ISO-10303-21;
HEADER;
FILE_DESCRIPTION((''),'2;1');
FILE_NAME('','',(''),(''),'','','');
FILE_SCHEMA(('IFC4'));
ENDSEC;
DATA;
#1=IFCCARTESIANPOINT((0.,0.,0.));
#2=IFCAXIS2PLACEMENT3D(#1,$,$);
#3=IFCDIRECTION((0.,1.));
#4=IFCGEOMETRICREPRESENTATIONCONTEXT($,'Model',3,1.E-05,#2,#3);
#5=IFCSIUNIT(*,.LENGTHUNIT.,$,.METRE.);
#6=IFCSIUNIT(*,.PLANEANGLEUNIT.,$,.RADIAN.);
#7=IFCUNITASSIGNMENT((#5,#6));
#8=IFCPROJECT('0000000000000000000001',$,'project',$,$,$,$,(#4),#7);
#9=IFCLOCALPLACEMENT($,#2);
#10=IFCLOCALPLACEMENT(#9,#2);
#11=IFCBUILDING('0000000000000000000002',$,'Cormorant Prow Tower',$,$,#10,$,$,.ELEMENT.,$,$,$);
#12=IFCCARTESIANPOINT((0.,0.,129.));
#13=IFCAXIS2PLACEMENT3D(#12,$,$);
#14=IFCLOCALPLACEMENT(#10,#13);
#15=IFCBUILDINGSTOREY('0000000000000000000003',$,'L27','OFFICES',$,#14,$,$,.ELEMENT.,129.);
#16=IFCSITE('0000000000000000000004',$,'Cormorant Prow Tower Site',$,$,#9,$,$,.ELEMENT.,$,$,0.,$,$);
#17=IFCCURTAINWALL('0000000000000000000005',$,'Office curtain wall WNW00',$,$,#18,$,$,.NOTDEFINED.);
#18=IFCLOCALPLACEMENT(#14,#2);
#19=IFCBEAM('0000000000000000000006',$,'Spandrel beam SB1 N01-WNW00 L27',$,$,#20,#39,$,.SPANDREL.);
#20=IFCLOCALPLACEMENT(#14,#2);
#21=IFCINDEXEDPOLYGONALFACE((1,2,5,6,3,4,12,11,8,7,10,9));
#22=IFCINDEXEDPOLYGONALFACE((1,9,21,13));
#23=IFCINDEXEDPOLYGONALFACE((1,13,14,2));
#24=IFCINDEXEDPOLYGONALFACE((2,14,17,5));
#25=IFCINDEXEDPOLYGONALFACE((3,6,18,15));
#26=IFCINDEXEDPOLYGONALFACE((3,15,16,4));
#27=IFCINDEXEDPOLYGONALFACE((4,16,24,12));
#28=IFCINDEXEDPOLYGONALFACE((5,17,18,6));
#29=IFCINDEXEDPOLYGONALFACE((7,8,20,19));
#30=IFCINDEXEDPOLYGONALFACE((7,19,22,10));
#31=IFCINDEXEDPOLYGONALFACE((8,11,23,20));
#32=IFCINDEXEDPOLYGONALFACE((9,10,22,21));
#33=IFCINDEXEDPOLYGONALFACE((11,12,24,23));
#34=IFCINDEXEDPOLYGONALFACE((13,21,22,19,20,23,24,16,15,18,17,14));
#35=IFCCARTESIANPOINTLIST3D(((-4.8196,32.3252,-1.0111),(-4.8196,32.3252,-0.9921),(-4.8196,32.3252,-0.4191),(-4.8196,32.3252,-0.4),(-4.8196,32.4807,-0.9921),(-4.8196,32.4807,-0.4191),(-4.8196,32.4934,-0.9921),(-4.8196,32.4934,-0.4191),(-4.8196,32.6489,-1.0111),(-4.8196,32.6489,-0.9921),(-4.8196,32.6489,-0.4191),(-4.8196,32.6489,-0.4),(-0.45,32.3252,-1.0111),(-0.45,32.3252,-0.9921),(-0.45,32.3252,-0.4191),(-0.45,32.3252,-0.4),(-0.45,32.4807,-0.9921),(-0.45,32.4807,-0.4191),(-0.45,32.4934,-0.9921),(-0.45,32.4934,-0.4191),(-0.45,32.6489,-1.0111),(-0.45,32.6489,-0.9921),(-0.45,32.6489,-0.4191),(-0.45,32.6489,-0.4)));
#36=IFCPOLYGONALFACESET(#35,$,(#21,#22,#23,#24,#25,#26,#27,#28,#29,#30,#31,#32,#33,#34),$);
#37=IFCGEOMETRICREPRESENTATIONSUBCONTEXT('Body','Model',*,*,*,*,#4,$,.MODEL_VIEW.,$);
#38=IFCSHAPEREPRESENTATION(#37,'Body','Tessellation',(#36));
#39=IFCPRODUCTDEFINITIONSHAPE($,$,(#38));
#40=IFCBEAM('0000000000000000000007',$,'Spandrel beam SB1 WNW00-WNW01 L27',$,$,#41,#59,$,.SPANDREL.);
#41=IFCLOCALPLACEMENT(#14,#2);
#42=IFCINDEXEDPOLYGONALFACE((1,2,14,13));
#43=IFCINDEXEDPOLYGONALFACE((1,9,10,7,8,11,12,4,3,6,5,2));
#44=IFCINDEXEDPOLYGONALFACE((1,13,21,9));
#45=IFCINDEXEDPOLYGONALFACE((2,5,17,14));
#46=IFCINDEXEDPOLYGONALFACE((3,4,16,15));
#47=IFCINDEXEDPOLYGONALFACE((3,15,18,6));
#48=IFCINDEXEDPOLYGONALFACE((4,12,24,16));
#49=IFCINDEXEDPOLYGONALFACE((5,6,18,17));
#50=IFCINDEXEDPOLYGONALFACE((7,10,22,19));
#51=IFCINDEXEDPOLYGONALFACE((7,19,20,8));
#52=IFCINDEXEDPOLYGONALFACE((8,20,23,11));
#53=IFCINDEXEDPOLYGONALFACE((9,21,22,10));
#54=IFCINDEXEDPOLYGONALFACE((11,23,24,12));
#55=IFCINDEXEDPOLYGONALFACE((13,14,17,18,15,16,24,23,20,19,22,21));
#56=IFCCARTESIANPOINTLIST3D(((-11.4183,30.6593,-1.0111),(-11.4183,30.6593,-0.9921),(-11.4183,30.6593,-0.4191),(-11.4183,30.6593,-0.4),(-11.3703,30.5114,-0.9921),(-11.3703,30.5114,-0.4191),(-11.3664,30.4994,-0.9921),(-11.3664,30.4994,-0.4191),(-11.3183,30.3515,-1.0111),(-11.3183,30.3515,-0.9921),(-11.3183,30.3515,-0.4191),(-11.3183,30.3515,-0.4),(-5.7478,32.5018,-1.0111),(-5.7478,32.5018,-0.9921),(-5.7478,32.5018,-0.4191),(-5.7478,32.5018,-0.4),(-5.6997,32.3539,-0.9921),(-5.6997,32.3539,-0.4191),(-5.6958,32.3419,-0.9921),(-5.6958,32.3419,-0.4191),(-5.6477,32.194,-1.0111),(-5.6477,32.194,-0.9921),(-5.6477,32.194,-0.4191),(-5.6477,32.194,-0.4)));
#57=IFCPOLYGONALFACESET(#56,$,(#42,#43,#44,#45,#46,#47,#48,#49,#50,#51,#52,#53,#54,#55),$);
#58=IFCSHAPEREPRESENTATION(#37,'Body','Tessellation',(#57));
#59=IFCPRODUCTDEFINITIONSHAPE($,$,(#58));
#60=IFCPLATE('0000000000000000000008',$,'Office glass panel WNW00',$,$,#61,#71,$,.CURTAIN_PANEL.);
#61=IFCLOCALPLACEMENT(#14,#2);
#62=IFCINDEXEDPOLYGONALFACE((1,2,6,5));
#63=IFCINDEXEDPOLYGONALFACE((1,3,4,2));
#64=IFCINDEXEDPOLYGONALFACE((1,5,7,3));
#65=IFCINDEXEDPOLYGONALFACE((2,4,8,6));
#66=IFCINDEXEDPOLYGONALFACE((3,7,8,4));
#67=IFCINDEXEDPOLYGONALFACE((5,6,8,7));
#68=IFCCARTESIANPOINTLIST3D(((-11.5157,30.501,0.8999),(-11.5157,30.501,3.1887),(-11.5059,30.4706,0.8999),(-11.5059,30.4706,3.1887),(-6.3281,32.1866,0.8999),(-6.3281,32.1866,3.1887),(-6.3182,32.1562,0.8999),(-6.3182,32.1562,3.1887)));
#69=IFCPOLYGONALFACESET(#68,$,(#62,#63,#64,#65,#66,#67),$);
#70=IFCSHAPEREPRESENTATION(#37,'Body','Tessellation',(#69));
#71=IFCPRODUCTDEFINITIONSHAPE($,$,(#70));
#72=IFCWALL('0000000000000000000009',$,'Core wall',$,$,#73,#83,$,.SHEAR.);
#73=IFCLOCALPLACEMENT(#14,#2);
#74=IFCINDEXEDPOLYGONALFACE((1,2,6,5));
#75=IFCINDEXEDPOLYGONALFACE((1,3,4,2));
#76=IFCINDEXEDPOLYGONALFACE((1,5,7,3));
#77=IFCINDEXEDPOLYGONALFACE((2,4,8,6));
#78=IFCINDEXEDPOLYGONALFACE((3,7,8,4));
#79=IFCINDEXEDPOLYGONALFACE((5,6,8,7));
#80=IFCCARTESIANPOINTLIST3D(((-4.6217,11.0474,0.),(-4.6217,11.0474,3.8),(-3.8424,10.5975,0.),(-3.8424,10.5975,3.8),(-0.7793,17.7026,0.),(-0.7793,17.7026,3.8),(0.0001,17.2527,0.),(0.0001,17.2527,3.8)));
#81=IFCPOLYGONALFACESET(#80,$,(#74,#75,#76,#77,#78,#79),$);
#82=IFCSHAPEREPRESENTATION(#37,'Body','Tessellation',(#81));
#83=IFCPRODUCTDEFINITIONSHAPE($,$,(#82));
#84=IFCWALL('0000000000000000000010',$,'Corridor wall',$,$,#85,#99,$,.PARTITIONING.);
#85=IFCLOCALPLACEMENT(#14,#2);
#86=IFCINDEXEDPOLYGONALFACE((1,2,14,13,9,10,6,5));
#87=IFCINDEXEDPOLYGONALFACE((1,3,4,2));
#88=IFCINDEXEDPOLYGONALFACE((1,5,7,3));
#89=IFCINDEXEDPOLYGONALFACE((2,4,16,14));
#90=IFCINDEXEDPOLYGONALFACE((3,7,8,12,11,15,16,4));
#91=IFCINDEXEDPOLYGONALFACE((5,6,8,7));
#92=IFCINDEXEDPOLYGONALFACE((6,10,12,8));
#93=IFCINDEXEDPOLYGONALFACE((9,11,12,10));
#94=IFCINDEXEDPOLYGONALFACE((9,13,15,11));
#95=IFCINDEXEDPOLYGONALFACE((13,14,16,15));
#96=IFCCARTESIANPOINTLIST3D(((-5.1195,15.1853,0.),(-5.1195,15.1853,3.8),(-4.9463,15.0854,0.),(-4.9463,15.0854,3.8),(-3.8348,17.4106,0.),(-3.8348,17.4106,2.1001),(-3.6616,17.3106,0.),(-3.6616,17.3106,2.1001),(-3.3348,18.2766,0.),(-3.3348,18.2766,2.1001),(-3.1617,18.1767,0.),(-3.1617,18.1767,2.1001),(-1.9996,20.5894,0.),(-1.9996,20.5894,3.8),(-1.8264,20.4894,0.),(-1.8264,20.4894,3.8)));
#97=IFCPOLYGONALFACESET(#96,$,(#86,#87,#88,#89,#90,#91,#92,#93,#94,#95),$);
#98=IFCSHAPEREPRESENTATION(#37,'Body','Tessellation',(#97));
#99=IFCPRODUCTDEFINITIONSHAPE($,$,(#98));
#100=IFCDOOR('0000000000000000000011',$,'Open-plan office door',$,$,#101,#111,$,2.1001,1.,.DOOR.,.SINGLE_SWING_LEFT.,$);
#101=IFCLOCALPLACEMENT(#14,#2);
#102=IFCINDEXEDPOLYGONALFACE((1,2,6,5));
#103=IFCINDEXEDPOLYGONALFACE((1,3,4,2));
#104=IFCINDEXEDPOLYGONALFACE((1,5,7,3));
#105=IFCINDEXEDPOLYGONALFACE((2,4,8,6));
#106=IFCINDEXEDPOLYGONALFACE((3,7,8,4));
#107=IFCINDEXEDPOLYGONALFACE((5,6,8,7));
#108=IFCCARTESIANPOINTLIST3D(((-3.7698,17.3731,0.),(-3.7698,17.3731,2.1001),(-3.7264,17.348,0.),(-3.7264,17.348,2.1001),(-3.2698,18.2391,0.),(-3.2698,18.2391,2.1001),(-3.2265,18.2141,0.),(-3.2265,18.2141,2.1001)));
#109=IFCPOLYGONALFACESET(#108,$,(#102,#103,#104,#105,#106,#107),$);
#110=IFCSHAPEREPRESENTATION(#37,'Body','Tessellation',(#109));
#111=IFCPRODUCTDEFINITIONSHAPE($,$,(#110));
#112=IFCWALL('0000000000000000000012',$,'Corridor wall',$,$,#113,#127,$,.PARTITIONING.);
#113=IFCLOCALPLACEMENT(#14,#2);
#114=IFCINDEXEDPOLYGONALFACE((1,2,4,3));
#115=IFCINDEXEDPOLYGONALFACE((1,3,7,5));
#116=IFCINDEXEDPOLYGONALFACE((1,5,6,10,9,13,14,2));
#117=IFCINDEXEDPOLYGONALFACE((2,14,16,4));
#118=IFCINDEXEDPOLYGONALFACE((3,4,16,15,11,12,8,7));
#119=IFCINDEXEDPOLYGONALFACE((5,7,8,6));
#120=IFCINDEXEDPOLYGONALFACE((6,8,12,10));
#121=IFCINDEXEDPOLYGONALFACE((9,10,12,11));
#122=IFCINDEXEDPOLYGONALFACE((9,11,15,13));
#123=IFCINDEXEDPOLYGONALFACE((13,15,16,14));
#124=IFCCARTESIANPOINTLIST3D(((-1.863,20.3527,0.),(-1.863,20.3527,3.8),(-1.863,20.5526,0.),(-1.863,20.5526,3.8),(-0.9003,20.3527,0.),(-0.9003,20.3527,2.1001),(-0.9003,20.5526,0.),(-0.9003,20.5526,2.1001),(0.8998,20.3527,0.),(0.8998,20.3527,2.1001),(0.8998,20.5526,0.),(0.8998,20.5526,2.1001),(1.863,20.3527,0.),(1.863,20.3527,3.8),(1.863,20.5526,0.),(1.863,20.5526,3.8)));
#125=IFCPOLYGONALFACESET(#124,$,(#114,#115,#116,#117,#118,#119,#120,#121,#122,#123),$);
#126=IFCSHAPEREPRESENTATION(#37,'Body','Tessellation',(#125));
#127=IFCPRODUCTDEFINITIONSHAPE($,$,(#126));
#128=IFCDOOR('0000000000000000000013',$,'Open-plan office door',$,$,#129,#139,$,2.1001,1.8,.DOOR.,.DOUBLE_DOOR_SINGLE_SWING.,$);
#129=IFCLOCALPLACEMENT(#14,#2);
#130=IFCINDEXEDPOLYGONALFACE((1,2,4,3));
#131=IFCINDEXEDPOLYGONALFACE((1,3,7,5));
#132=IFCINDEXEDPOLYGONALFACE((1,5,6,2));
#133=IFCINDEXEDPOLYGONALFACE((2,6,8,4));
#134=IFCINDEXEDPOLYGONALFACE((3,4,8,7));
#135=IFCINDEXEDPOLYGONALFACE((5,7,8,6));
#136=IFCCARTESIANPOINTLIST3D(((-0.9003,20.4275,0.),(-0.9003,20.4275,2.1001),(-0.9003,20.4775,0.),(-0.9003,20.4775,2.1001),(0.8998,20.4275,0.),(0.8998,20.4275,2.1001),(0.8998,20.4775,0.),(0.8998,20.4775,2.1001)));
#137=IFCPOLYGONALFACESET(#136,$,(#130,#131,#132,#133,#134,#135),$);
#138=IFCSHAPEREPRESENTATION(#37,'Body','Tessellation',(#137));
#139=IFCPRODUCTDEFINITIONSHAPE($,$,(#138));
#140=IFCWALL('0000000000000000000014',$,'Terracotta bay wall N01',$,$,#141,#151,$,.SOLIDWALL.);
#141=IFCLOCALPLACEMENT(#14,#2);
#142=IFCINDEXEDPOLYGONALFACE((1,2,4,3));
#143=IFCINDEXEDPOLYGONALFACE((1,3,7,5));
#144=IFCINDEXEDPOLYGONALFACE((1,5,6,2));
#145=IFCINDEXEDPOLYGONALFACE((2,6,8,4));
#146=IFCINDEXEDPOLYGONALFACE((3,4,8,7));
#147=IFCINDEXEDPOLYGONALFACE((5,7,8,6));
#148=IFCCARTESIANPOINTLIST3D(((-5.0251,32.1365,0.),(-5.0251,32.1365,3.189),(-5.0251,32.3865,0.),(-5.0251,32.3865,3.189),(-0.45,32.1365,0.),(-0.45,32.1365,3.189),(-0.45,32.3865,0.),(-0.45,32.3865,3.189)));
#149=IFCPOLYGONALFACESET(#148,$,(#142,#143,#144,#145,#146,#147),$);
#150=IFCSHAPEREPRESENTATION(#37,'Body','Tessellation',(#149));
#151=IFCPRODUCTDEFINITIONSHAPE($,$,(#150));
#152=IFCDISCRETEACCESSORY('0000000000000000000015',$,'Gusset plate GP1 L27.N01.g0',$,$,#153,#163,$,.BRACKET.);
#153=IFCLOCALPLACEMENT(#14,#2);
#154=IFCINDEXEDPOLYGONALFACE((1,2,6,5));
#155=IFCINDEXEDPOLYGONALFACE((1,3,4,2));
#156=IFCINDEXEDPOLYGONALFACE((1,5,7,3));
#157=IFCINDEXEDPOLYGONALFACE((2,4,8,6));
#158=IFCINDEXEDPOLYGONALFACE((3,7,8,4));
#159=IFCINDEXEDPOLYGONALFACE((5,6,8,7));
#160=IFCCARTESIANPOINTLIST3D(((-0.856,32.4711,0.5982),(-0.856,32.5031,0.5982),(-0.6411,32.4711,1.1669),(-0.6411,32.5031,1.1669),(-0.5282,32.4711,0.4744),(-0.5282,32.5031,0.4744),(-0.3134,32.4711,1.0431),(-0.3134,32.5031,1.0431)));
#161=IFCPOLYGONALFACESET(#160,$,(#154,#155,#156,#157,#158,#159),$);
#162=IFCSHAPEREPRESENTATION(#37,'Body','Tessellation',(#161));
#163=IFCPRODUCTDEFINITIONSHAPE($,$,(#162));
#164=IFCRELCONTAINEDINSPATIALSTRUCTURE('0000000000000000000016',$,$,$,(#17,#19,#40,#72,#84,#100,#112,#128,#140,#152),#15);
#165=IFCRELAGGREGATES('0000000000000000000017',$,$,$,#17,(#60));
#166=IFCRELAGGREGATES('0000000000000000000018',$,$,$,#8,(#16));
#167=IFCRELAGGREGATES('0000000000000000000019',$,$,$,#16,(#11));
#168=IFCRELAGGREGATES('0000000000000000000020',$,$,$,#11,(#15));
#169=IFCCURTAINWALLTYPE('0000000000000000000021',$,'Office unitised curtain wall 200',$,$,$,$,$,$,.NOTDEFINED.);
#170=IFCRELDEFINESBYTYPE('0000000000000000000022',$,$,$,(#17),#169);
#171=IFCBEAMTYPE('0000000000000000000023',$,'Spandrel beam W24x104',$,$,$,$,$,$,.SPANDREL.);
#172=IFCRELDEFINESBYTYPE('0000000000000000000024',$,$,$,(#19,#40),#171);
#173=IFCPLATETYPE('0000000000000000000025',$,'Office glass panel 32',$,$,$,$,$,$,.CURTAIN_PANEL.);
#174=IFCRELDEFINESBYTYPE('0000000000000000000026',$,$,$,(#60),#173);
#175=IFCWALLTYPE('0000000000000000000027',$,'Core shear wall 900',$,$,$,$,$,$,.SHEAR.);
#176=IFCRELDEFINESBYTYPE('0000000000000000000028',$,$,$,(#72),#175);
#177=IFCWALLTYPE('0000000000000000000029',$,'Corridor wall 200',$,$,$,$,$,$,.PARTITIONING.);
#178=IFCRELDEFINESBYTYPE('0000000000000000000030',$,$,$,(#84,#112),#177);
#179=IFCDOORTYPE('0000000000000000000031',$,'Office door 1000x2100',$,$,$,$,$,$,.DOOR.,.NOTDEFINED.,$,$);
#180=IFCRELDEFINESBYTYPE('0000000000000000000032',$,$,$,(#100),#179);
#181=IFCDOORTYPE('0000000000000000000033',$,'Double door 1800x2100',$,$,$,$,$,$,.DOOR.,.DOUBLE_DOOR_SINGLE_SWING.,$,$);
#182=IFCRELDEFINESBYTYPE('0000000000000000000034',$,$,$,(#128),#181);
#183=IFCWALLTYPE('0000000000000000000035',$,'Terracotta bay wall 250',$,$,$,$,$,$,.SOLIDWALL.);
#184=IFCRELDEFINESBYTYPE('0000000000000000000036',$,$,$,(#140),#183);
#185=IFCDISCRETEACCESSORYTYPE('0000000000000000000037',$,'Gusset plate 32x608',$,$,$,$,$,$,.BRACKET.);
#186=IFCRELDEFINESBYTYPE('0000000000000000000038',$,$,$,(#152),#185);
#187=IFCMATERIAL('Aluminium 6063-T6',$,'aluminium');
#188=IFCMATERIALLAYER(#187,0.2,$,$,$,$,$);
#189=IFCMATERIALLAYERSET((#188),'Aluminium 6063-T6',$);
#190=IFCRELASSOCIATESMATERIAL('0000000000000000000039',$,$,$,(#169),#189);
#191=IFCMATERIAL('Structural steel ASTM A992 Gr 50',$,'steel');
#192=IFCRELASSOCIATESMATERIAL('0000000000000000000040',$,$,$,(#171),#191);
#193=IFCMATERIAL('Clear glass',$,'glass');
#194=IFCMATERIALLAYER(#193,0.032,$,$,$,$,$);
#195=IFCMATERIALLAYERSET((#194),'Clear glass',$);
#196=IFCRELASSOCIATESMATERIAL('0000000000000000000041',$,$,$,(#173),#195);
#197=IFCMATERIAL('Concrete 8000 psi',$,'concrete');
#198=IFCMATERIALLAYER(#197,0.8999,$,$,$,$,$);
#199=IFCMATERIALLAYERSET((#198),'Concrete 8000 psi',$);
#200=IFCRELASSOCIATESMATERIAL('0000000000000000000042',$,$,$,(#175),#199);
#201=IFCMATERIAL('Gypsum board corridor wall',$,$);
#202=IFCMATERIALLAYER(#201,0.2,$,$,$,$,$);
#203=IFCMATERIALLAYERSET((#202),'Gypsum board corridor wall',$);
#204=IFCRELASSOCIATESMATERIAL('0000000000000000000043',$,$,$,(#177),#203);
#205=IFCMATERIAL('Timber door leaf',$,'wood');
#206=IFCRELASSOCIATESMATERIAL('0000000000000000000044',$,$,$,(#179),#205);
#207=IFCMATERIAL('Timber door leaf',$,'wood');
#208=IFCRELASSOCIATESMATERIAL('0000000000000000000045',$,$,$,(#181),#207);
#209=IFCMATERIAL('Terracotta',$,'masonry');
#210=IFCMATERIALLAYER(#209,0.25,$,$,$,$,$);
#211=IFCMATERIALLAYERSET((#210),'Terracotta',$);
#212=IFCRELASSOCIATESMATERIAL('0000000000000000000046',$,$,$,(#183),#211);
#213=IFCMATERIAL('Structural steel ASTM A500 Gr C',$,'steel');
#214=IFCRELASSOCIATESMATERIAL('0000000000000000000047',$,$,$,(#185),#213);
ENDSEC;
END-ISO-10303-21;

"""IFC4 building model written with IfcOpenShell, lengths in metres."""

from ifc_helpers import new_model, si_unit, direction, frame, frame_2d, origin, origin_2d, place, context, subcontext, project, spatial, rectangle, i_section, extrude, material, layer, layer_set, material_profile, profile_set, type_object, element, fill, aggregate, save


model = new_model("IFC4")

# Units and contexts
model_context = context("Model", 3, precision=1e-05, world=origin(), true_north=direction((0.0, 1.0)))
body_context = subcontext(model_context, "Body", "Model", "MODEL_VIEW")
ifc_project = project(units=[si_unit("LENGTHUNIT", "METRE"), si_unit("PLANEANGLEUNIT", "RADIAN")], contexts=[model_context])

# Site, building, storey
site_placement = place(None, origin())
site = spatial("IfcSite", under=ifc_project, at=site_placement, Name="Cormorant Prow Tower Site", CompositionType="ELEMENT", RefElevation=0.0)
building_placement = place(site_placement, origin())
building = spatial("IfcBuilding", under=site, at=building_placement, Name="Cormorant Prow Tower", CompositionType="ELEMENT")
storey_placement = place(building_placement, frame((0.0, 0.0, 129.0)))
storey = spatial("IfcBuildingStorey", under=building, at=storey_placement, Name="L27", Description="OFFICES", CompositionType="ELEMENT", Elevation=129.0)

# Curtain wall
ifc_material_1 = material(Name="Aluminium 6063-T6", Category="aluminium")
ifc_layer_1 = layer(ifc_material_1, 0.2)
ifc_layer_set_1 = layer_set([ifc_layer_1], Name="Aluminium 6063-T6")
curtain_wall_type = type_object("IfcCurtainWallType", Name="Office unitised curtain wall 200", PredefinedType="NOTDEFINED", material=ifc_layer_set_1)
curtain_wall_placement = place(storey_placement, origin())
curtain_wall = element("IfcCurtainWall", 1, at=curtain_wall_placement, inside=storey, type_object=curtain_wall_type, Name="Office curtain wall WNW00", PredefinedType="NOTDEFINED")

# Beams
ifc_material_2 = material(Name="Structural steel ASTM A992 Gr 50", Category="steel")
ifc_material_profile_1 = material_profile(ifc_material_2, i_section(OverallWidth=0.3237, OverallDepth=0.6111, WebThickness=0.0127, FlangeThickness=0.019, at=origin_2d()), Name="W24x104")
ifc_profile_set_1 = profile_set([ifc_material_profile_1], Name="Structural steel ASTM A992 Gr 50")
beam_type_1 = type_object("IfcBeamType", Name="Spandrel beam W24x104", PredefinedType="SPANDREL", material=ifc_profile_set_1)
beam_1_placement = place(storey_placement, frame((-0.45, 32.4871, -0.7056), z_axis=(-1.0, 0.0, 0.0), x_axis=(0.0, -1.0, 0.0)))
element("IfcBeam", 2, at=beam_1_placement, inside=storey, type_object=beam_type_1, Name="Spandrel beam SB1 N01-WNW00 L27", PredefinedType="SPANDREL", context=body_context, shape_type="SweptSolid", body=[
    extrude(i_section(OverallWidth=0.3237, OverallDepth=0.6111, WebThickness=0.0127, FlangeThickness=0.019, at=origin_2d()), origin(), (0.0, 0.0, 1.0), 4.3696),
])
beam_2_placement = place(storey_placement, frame((-5.6978, 32.3479, -0.7056), z_axis=(-0.951055, -0.30902, 0.0), x_axis=(0.30902, -0.951055, 0.0)))
element("IfcBeam", 3, at=beam_2_placement, inside=storey, type_object=beam_type_1, Name="Spandrel beam SB1 WNW00-WNW01 L27", PredefinedType="SPANDREL", context=body_context, shape_type="SweptSolid", body=[
    extrude(i_section(OverallWidth=0.3237, OverallDepth=0.6111, WebThickness=0.0127, FlangeThickness=0.019, at=origin_2d()), origin(), (0.0, 0.0, 1.0), 5.9624),
])

# Plate
ifc_material_3 = material(Name="Clear glass", Category="glass")
ifc_layer_2 = layer(ifc_material_3, 0.032)
ifc_layer_set_2 = layer_set([ifc_layer_2], Name="Clear glass")
plate_type = type_object("IfcPlateType", Name="Office glass panel 32", PredefinedType="CURTAIN_PANEL", material=ifc_layer_set_2)
plate_placement = place(storey_placement, frame((-8.917, 31.3286, 0.8999), z_axis=(0.0, 0.0, 1.0), x_axis=(-0.951057, -0.309017, 0.0)))
plate = element("IfcPlate", 4, at=plate_placement, type_object=plate_type, Name="Office glass panel WNW00", PredefinedType="CURTAIN_PANEL", context=body_context, shape_type="SweptSolid", body=[
    extrude(rectangle(XDim=5.4546, YDim=0.032, at=origin_2d()), origin(), (0.0, 0.0, 1.0), 2.2888),
])
aggregate(curtain_wall, [plate])

# Wall
ifc_material_4 = material(Name="Concrete 8000 psi", Category="concrete")
ifc_layer_3 = layer(ifc_material_4, 0.8999)
ifc_layer_set_3 = layer_set([ifc_layer_3], Name="Concrete 8000 psi")
wall_type_1 = type_object("IfcWallType", Name="Core shear wall 900", PredefinedType="SHEAR", material=ifc_layer_set_3)
wall_1_placement = place(storey_placement, frame((-0.3896, 17.4775, 0.0), z_axis=(0.0, 0.0, 1.0), x_axis=(-0.50001, -0.866019, 0.0)))
element("IfcWall", 5, at=wall_1_placement, inside=storey, type_object=wall_type_1, Name="Core wall", PredefinedType="SHEAR", context=body_context, shape_type="SweptSolid", body=[
    extrude(rectangle(XDim=7.6848, YDim=0.8999, at=frame_2d((3.8423, 0.0))), origin(), (0.0, 0.0, 1.0), 3.8),
])

# Walls, openings, doors
ifc_material_5 = material(Name="Gypsum board corridor wall")
ifc_layer_4 = layer(ifc_material_5, 0.2)
ifc_layer_set_4 = layer_set([ifc_layer_4], Name="Gypsum board corridor wall")
wall_type_2 = type_object("IfcWallType", Name="Corridor wall 200", PredefinedType="PARTITIONING", material=ifc_layer_set_4)
wall_2_placement = place(storey_placement, frame((-5.033, 15.1353, 0.0), z_axis=(0.0, 0.0, 1.0), x_axis=(0.499981, 0.866036, 0.0)))
wall_2 = element("IfcWall", 6, at=wall_2_placement, inside=storey, type_object=wall_type_2, Name="Corridor wall", PredefinedType="PARTITIONING", context=body_context, shape_type="SweptSolid", body=[
    extrude(rectangle(XDim=6.24, YDim=0.2, at=frame_2d((3.1201, 0.0))), origin(), (0.0, 0.0, 1.0), 3.8),
])
opening_1_placement = place(wall_2_placement, frame((2.5696, 0.0, 0.0)))
opening_1 = element("IfcOpeningElement", 7, at=opening_1_placement, cuts=wall_2, PredefinedType="OPENING", context=body_context, shape_type="SweptSolid", body=[
    extrude(rectangle(XDim=1.0, YDim=2.1001, at=frame_2d((0.5, 1.05))), frame((0.0, 0.1099, 0.0), z_axis=(0.0, -1.0, 0.0), x_axis=(1.0, 0.0, 0.0)), (0.0, 0.0, 1.0), 0.22),
])
ifc_material_6 = material(Name="Timber door leaf", Category="wood")
door_type_1 = type_object("IfcDoorType", Name="Office door 1000x2100", OperationType="NOTDEFINED", PredefinedType="DOOR", material=ifc_material_6)
door_1_placement = place(opening_1_placement, origin())
door_1 = element("IfcDoor", 8, at=door_1_placement, inside=storey, type_object=door_type_1, Name="Open-plan office door", OperationType="SINGLE_SWING_LEFT", OverallHeight=2.1001, OverallWidth=1.0, PredefinedType="DOOR", context=body_context, shape_type="SweptSolid", body=[
    extrude(rectangle(XDim=1.0, YDim=2.1001, at=frame_2d((0.5, 1.05))), frame((0.0, 0.0249, 0.0), z_axis=(0.0, -1.0, 0.0), x_axis=(1.0, 0.0, 0.0)), (0.0, 0.0, 1.0), 0.05),
])
fill(opening_1, door_1)
wall_3_placement = place(storey_placement, frame((-1.863, 20.4526, 0.0), z_axis=(0.0, 0.0, 1.0), x_axis=(1.0, 0.0, 0.0)))
wall_3 = element("IfcWall", 9, at=wall_3_placement, inside=storey, type_object=wall_type_2, Name="Corridor wall", PredefinedType="PARTITIONING", context=body_context, shape_type="SweptSolid", body=[
    extrude(rectangle(XDim=3.7261, YDim=0.2, at=frame_2d((1.863, 0.0))), origin(), (0.0, 0.0, 1.0), 3.8),
])
opening_2_placement = place(wall_3_placement, frame((0.9629, 0.0, 0.0)))
opening_2 = element("IfcOpeningElement", 10, at=opening_2_placement, cuts=wall_3, PredefinedType="OPENING", context=body_context, shape_type="SweptSolid", body=[
    extrude(rectangle(XDim=1.8, YDim=2.1001, at=frame_2d((0.8999, 1.05))), frame((0.0, 0.1099, 0.0), z_axis=(0.0, -1.0, 0.0), x_axis=(1.0, 0.0, 0.0)), (0.0, 0.0, 1.0), 0.22),
])
ifc_material_7 = material(Name="Timber door leaf", Category="wood")
door_type_2 = type_object("IfcDoorType", Name="Double door 1800x2100", OperationType="DOUBLE_DOOR_SINGLE_SWING", PredefinedType="DOOR", material=ifc_material_7)
door_2_placement = place(opening_2_placement, origin())
door_2 = element("IfcDoor", 11, at=door_2_placement, inside=storey, type_object=door_type_2, Name="Open-plan office door", OperationType="DOUBLE_DOOR_SINGLE_SWING", OverallHeight=2.1001, OverallWidth=1.8, PredefinedType="DOOR", context=body_context, shape_type="SweptSolid", body=[
    extrude(rectangle(XDim=1.8, YDim=2.1001, at=frame_2d((0.8999, 1.05))), frame((0.0, 0.0249, 0.0), z_axis=(0.0, -1.0, 0.0), x_axis=(1.0, 0.0, 0.0)), (0.0, 0.0, 1.0), 0.05),
])
fill(opening_2, door_2)

# Wall
ifc_material_8 = material(Name="Terracotta", Category="masonry")
ifc_layer_5 = layer(ifc_material_8, 0.25)
ifc_layer_set_5 = layer_set([ifc_layer_5], Name="Terracotta")
wall_type_3 = type_object("IfcWallType", Name="Terracotta bay wall 250", PredefinedType="SOLIDWALL", material=ifc_layer_set_5)
wall_4_placement = place(storey_placement, frame((-0.45, 32.2615, 0.0), z_axis=(0.0, 0.0, 1.0), x_axis=(-1.0, 0.0, 0.0)))
element("IfcWall", 12, at=wall_4_placement, inside=storey, type_object=wall_type_3, Name="Terracotta bay wall N01", PredefinedType="SOLIDWALL", context=body_context, shape_type="SweptSolid", body=[
    extrude(rectangle(XDim=4.5752, YDim=0.25, at=frame_2d((2.2876, 0.0))), origin(), (0.0, 0.0, 1.0), 3.189),
])

# Discrete accessory
ifc_material_9 = material(Name="Structural steel ASTM A500 Gr C", Category="steel")
ifc_material_profile_2 = material_profile(ifc_material_9, rectangle(XDim=0.032, YDim=0.6079, at=origin_2d()), Name="Gusset plate 32x608")
ifc_profile_set_2 = profile_set([ifc_material_profile_2], Name="Structural steel ASTM A500 Gr C")
discrete_accessory_type = type_object("IfcDiscreteAccessoryType", Name="Gusset plate 32x608", PredefinedType="BRACKET", material=ifc_profile_set_2)
discrete_accessory_1_placement = place(storey_placement, frame((-0.7485, 32.4871, 0.8826), z_axis=(0.935467, 0.0, -0.353414), x_axis=(0.0, 1.0, 0.0)))
element("IfcDiscreteAccessory", 13, at=discrete_accessory_1_placement, inside=storey, type_object=discrete_accessory_type, Name="Gusset plate GP1 L27.N01.g0", PredefinedType="BRACKET", context=body_context, shape_type="SweptSolid", body=[
    extrude(rectangle(XDim=0.032, YDim=0.6079, at=origin_2d()), origin(), (0.0, 0.0, 1.0), 0.3503),
])

save(model, "model.ifc")
